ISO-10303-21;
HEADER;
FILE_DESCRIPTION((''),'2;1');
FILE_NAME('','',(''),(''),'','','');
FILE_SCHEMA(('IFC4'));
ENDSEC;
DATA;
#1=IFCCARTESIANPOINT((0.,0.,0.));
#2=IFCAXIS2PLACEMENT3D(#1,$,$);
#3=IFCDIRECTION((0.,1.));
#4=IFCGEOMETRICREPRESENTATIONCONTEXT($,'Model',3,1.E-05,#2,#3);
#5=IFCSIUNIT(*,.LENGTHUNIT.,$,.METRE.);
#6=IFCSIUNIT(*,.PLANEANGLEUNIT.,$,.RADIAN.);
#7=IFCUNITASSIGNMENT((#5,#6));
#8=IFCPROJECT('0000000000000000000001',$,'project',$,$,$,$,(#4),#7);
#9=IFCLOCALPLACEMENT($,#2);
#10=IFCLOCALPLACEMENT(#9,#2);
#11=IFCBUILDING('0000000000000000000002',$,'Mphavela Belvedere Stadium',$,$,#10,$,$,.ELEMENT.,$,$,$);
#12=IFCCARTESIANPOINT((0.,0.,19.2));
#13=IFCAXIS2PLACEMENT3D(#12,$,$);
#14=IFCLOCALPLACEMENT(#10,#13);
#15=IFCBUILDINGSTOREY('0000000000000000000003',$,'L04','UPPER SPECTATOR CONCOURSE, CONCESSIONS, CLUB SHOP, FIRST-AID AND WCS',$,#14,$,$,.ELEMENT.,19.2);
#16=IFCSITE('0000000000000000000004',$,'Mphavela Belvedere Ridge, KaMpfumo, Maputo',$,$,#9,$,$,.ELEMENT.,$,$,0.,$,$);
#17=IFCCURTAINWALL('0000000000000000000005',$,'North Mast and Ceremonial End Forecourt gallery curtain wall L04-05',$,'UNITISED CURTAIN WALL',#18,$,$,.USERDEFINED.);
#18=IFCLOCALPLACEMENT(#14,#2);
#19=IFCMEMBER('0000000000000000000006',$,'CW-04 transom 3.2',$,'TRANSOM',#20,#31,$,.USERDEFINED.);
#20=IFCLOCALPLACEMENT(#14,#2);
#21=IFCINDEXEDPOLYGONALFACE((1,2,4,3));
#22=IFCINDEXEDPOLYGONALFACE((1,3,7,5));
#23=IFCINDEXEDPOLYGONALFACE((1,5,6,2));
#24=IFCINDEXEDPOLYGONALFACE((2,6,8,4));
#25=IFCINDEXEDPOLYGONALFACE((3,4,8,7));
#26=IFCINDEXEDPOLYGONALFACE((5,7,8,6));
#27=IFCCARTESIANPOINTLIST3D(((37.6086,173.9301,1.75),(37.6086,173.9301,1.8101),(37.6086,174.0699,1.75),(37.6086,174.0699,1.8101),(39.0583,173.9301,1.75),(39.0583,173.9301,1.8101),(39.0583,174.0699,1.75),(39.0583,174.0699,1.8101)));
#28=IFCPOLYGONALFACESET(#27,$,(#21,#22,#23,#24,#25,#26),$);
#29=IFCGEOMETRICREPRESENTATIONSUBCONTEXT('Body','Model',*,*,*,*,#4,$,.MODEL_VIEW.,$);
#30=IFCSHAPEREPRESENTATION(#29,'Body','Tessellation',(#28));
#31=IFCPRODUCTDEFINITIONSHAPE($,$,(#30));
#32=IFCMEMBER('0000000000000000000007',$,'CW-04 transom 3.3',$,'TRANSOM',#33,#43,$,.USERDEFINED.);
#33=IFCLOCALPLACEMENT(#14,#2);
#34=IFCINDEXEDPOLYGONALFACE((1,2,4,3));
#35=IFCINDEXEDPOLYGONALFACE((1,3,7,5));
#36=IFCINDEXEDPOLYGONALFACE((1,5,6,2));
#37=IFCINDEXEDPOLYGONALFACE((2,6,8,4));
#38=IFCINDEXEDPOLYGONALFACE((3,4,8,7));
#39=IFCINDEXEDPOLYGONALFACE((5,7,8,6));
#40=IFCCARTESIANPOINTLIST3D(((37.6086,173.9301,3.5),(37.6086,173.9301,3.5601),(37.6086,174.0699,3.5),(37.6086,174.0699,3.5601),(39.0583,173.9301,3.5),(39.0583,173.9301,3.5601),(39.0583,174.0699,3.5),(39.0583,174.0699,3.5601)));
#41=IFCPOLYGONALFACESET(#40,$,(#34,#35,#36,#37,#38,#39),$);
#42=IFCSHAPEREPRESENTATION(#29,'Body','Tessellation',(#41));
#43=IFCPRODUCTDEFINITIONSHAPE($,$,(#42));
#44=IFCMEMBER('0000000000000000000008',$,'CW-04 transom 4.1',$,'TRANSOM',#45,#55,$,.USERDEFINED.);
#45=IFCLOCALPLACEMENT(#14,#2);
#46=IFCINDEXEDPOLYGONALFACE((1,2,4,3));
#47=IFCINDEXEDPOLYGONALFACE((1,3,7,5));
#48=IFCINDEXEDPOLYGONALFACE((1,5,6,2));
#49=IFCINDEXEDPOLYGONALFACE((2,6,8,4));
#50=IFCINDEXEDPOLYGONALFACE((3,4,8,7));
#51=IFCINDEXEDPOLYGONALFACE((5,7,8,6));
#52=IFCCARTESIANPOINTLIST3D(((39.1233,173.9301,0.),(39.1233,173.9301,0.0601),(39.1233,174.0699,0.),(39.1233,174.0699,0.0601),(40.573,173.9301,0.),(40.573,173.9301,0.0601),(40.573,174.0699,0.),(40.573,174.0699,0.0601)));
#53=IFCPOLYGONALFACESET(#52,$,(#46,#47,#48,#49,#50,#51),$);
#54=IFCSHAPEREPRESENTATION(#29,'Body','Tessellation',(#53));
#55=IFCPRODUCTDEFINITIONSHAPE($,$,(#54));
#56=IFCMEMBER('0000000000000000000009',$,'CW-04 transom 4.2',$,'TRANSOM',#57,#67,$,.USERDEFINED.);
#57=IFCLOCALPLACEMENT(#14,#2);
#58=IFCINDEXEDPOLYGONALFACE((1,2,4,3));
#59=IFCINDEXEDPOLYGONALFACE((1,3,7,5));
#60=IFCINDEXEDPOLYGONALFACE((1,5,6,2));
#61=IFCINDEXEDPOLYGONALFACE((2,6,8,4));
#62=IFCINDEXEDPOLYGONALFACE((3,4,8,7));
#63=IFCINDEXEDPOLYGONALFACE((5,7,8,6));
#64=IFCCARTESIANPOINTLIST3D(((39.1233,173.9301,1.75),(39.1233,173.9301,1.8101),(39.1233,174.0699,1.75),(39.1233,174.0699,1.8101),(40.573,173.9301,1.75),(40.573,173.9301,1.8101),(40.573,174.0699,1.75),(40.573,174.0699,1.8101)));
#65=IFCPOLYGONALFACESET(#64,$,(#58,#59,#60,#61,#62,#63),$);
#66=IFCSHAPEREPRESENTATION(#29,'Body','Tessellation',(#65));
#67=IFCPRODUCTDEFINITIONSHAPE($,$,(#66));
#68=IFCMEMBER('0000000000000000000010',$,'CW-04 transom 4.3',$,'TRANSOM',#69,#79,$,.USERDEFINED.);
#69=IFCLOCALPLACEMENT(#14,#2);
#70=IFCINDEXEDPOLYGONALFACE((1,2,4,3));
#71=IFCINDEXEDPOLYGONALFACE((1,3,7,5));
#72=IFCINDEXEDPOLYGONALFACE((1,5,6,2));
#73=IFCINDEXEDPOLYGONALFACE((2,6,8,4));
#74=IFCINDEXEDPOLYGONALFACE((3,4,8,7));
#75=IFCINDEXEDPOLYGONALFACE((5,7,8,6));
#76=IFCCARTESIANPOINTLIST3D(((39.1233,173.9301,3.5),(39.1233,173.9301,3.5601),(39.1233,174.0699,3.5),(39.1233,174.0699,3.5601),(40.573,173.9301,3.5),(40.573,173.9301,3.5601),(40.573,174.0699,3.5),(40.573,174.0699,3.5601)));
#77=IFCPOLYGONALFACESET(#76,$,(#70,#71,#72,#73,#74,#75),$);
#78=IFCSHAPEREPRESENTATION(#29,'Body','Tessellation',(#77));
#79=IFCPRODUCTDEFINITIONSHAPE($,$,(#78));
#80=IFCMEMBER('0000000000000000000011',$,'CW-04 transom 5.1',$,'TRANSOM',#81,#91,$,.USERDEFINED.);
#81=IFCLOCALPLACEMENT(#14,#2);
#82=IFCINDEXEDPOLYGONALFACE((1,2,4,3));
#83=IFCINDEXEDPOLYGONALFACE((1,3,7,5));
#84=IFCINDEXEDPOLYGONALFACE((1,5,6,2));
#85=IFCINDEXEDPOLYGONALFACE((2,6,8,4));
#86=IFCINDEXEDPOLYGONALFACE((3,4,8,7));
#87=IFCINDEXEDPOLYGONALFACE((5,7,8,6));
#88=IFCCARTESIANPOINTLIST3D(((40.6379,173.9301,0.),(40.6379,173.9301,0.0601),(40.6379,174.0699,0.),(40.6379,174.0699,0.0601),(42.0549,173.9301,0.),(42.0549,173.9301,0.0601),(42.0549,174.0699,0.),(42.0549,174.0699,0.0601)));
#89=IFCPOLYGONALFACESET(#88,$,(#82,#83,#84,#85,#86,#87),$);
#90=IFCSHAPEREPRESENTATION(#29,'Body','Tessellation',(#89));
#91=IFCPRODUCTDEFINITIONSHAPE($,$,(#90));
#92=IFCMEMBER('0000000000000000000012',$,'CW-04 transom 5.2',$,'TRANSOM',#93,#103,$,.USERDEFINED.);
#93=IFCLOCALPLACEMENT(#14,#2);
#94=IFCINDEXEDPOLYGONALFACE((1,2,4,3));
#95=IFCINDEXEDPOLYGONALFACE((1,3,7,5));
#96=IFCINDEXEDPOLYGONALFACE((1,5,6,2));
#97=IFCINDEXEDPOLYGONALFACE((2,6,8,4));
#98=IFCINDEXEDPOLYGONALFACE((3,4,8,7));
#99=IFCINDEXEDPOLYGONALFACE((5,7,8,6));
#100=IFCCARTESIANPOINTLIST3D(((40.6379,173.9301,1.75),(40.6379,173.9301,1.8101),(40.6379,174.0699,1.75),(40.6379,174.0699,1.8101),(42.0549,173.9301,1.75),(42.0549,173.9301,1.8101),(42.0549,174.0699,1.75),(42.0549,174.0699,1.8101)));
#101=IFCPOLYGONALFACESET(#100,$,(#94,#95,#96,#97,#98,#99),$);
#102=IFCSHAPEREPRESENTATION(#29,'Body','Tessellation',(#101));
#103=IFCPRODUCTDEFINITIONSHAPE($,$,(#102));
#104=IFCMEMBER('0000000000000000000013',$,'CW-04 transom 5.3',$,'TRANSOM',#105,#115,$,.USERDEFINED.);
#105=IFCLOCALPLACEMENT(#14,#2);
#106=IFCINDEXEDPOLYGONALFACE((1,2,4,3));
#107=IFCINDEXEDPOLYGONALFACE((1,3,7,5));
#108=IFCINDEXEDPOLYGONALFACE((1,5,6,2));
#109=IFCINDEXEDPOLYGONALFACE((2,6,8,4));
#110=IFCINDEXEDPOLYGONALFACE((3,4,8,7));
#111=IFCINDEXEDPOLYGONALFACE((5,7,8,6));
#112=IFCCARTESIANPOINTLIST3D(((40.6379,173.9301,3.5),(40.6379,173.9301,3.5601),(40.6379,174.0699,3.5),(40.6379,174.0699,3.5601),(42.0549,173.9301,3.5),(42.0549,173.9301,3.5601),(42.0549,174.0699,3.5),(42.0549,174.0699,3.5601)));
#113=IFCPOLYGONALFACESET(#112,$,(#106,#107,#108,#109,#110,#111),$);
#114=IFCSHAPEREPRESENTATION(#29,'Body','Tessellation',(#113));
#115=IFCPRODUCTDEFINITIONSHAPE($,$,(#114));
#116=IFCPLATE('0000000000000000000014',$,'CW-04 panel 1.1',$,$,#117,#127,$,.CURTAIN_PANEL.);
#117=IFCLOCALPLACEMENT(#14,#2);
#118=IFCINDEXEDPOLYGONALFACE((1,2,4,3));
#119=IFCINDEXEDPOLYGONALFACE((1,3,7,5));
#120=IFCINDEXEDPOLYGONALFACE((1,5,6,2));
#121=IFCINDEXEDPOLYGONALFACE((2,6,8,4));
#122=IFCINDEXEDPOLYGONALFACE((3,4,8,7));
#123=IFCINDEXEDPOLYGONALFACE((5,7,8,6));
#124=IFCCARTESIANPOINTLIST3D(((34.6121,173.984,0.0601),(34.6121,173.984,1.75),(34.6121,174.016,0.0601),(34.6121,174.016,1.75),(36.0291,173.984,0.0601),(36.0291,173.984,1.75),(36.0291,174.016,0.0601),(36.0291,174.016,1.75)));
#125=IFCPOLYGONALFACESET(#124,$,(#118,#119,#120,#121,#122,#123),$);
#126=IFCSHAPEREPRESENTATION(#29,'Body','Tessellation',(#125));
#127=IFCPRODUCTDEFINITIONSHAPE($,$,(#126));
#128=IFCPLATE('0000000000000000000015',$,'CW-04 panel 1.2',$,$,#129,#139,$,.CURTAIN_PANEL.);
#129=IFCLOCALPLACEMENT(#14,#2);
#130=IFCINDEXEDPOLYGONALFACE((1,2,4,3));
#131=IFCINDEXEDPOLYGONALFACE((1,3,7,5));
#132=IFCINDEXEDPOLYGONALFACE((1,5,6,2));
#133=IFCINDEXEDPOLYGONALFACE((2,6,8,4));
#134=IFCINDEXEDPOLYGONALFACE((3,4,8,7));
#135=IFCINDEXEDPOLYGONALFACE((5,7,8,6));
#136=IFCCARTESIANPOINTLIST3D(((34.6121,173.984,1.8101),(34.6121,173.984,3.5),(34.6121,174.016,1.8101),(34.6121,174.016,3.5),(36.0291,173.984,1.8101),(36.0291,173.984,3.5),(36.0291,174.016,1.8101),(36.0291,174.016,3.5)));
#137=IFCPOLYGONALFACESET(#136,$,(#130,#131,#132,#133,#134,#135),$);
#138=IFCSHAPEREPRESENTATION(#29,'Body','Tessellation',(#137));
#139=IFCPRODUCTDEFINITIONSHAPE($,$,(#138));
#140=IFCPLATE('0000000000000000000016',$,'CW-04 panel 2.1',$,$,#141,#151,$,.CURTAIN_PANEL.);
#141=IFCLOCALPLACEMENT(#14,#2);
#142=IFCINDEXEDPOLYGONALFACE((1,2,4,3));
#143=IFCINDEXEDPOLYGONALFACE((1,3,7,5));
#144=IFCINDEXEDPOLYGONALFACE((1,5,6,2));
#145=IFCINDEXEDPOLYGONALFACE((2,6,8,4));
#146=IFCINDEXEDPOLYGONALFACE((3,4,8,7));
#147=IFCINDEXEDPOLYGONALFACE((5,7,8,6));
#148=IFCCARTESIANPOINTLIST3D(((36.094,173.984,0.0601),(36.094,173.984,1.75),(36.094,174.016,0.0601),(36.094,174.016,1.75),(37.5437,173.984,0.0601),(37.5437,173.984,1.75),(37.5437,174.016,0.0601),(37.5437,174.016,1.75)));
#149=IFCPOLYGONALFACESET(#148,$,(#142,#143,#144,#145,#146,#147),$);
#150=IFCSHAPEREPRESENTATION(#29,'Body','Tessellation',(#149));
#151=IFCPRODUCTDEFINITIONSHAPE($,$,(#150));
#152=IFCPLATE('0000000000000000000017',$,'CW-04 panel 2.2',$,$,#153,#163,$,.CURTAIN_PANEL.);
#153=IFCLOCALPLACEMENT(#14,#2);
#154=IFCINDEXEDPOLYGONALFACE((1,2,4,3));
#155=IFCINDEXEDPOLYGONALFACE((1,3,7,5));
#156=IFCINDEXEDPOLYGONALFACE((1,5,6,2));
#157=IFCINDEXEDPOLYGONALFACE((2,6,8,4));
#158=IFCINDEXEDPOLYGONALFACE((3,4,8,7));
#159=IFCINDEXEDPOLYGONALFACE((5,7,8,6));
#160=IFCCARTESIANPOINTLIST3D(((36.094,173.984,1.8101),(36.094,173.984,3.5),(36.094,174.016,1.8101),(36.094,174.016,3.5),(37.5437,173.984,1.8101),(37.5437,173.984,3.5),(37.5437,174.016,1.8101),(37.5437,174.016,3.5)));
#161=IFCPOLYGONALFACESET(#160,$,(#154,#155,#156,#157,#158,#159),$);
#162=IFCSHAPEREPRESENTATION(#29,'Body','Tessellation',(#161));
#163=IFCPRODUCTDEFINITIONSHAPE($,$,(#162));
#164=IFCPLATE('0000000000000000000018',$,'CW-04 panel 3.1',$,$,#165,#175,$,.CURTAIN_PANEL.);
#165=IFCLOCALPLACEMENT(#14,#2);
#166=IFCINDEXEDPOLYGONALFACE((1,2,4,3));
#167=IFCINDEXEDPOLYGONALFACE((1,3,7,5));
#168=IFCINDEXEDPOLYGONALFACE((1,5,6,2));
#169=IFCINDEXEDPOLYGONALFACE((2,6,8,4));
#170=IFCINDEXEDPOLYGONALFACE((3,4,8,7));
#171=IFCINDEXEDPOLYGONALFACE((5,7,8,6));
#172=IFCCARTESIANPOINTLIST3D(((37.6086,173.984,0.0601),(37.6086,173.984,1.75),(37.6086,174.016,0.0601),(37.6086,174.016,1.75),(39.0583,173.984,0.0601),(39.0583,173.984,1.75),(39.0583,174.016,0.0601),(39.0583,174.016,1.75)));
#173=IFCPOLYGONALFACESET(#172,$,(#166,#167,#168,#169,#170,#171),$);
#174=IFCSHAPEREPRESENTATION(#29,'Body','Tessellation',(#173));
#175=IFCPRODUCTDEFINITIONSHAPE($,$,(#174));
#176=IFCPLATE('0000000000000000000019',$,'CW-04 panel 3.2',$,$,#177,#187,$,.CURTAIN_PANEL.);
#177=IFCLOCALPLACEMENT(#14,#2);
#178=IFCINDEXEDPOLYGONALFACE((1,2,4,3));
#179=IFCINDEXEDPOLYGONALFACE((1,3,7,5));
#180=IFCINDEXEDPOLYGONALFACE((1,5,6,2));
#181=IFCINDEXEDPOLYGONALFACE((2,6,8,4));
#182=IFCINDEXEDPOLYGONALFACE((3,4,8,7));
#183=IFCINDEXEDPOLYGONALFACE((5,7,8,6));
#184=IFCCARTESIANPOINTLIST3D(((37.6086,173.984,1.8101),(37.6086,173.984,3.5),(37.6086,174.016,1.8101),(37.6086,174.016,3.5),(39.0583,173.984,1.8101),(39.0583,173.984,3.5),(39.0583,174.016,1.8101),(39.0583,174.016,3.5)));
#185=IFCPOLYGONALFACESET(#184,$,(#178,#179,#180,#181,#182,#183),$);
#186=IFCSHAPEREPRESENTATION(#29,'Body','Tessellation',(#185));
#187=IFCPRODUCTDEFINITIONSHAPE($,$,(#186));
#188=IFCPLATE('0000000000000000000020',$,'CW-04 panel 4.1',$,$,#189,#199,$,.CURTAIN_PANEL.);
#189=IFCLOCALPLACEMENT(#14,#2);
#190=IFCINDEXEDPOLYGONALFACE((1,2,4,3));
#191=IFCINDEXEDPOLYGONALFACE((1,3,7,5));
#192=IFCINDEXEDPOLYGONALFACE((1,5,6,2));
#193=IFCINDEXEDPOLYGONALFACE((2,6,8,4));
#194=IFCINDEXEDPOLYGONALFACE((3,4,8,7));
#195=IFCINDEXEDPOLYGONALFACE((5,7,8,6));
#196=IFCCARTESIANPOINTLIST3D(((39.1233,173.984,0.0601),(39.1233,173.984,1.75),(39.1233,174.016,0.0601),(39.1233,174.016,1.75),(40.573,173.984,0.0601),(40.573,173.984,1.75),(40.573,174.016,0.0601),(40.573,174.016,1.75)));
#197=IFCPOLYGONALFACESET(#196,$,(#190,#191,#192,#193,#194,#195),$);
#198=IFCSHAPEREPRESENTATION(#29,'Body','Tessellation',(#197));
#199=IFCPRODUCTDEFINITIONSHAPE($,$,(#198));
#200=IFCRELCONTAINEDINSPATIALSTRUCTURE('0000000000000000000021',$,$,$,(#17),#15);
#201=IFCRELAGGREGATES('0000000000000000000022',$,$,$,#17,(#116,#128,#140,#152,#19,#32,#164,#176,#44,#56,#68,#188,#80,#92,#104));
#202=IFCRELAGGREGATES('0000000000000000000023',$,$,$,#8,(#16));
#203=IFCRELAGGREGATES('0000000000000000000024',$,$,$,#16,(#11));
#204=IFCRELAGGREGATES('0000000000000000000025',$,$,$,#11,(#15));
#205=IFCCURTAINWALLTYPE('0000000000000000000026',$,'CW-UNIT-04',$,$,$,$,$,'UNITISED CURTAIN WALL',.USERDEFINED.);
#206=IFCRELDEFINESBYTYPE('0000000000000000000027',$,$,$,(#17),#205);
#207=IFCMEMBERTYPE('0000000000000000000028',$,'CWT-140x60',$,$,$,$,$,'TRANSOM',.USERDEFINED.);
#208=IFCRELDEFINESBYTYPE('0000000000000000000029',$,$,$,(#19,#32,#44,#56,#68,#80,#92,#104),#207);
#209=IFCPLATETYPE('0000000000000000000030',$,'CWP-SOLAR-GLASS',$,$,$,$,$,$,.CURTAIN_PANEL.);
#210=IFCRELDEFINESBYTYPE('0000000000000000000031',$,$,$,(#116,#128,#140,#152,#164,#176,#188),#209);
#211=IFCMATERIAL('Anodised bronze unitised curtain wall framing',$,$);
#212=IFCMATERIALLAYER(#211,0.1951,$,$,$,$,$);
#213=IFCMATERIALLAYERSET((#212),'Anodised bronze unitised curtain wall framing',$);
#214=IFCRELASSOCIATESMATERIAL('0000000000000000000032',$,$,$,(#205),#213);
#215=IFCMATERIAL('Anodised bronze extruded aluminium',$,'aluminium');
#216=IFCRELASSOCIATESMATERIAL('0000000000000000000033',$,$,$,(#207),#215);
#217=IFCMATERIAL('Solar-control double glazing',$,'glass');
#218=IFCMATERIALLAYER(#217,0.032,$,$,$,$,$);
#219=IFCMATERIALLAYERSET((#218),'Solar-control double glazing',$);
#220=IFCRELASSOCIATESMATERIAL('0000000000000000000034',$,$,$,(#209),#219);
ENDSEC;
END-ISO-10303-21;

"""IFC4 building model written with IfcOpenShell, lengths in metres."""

from ifc_helpers import new_model, si_unit, direction, frame, origin, origin_2d, place, context, subcontext, project, spatial, rectangle, extrude, material, layer, layer_set, material_profile, profile_set, type_object, element, aggregate, save


model = new_model("IFC4")

# Units and contexts
model_context = context("Model", 3, precision=1e-05, world=origin(), true_north=direction((0.0, 1.0)))
body_context = subcontext(model_context, "Body", "Model", "MODEL_VIEW")
ifc_project = project(units=[si_unit("LENGTHUNIT", "METRE"), si_unit("PLANEANGLEUNIT", "RADIAN")], contexts=[model_context])

# Site, building, storey
site_placement = place(None, origin())
site = spatial("IfcSite", under=ifc_project, at=site_placement, Name="Mphavela Belvedere Ridge, KaMpfumo, Maputo", CompositionType="ELEMENT", RefElevation=0.0)
building_placement = place(site_placement, origin())
building = spatial("IfcBuilding", under=site, at=building_placement, Name="Mphavela Belvedere Stadium", CompositionType="ELEMENT")
storey_placement = place(building_placement, frame((0.0, 0.0, 19.2)))
storey = spatial("IfcBuildingStorey", under=building, at=storey_placement, Name="L04", Description="UPPER SPECTATOR CONCOURSE, CONCESSIONS, CLUB SHOP, FIRST-AID AND WCS", CompositionType="ELEMENT", Elevation=19.2)

# Curtain wall, members, plates
ifc_material_1 = material(Name="Anodised bronze unitised curtain wall framing")
ifc_layer_1 = layer(ifc_material_1, 0.1951)
ifc_layer_set_1 = layer_set([ifc_layer_1], Name="Anodised bronze unitised curtain wall framing")
curtain_wall_type = type_object("IfcCurtainWallType", Name="CW-UNIT-04", ElementType="UNITISED CURTAIN WALL", PredefinedType="USERDEFINED", material=ifc_layer_set_1)
curtain_wall_placement = place(storey_placement, origin())
curtain_wall = element("IfcCurtainWall", 1, at=curtain_wall_placement, inside=storey, type_object=curtain_wall_type, Name="North Mast and Ceremonial End Forecourt gallery curtain wall L04-05", ObjectType="UNITISED CURTAIN WALL", PredefinedType="USERDEFINED")
ifc_material_2 = material(Name="Anodised bronze extruded aluminium", Category="aluminium")
ifc_material_profile_1 = material_profile(ifc_material_2, rectangle(XDim=0.1399, YDim=0.0601, at=origin_2d()), Name="CW-TRN 140x60")
ifc_profile_set_1 = profile_set([ifc_material_profile_1], Name="Anodised bronze extruded aluminium")
member_type_1 = type_object("IfcMemberType", Name="CWT-140x60", ElementType="TRANSOM", PredefinedType="USERDEFINED", material=ifc_profile_set_1)
member_1_placement = place(storey_placement, frame((37.6086, 174.0, 1.78), z_axis=(1.0, 0.0, 0.0), x_axis=(0.0, 1.0, 0.0)))
member_1 = element("IfcMember", 2, at=member_1_placement, type_object=member_type_1, Name="CW-04 transom 3.2", ObjectType="TRANSOM", PredefinedType="USERDEFINED", context=body_context, shape_type="SweptSolid", body=[
    extrude(rectangle(XDim=0.1399, YDim=0.0601, at=origin_2d()), origin(), (0.0, 0.0, 1.0), 1.4497),
])
member_2_placement = place(storey_placement, frame((37.6086, 174.0, 3.53), z_axis=(1.0, 0.0, 0.0), x_axis=(0.0, 1.0, 0.0)))
member_2 = element("IfcMember", 3, at=member_2_placement, type_object=member_type_1, Name="CW-04 transom 3.3", ObjectType="TRANSOM", PredefinedType="USERDEFINED", context=body_context, shape_type="SweptSolid", body=[
    extrude(rectangle(XDim=0.1399, YDim=0.0601, at=origin_2d()), origin(), (0.0, 0.0, 1.0), 1.4497),
])
member_3_placement = place(storey_placement, frame((39.1233, 174.0, 0.03), z_axis=(1.0, 0.0, 0.0), x_axis=(0.0, 1.0, 0.0)))
member_3 = element("IfcMember", 4, at=member_3_placement, type_object=member_type_1, Name="CW-04 transom 4.1", ObjectType="TRANSOM", PredefinedType="USERDEFINED", context=body_context, shape_type="SweptSolid", body=[
    extrude(rectangle(XDim=0.1399, YDim=0.0601, at=origin_2d()), origin(), (0.0, 0.0, 1.0), 1.4497),
])
member_4_placement = place(storey_placement, frame((39.1233, 174.0, 1.78), z_axis=(1.0, 0.0, 0.0), x_axis=(0.0, 1.0, 0.0)))
member_4 = element("IfcMember", 5, at=member_4_placement, type_object=member_type_1, Name="CW-04 transom 4.2", ObjectType="TRANSOM", PredefinedType="USERDEFINED", context=body_context, shape_type="SweptSolid", body=[
    extrude(rectangle(XDim=0.1399, YDim=0.0601, at=origin_2d()), origin(), (0.0, 0.0, 1.0), 1.4497),
])
member_5_placement = place(storey_placement, frame((39.1233, 174.0, 3.53), z_axis=(1.0, 0.0, 0.0), x_axis=(0.0, 1.0, 0.0)))
member_5 = element("IfcMember", 6, at=member_5_placement, type_object=member_type_1, Name="CW-04 transom 4.3", ObjectType="TRANSOM", PredefinedType="USERDEFINED", context=body_context, shape_type="SweptSolid", body=[
    extrude(rectangle(XDim=0.1399, YDim=0.0601, at=origin_2d()), origin(), (0.0, 0.0, 1.0), 1.4497),
])
member_6_placement = place(storey_placement, frame((40.6379, 174.0, 0.03), z_axis=(1.0, 0.0, 0.0), x_axis=(0.0, 1.0, 0.0)))
member_6 = element("IfcMember", 7, at=member_6_placement, type_object=member_type_1, Name="CW-04 transom 5.1", ObjectType="TRANSOM", PredefinedType="USERDEFINED", context=body_context, shape_type="SweptSolid", body=[
    extrude(rectangle(XDim=0.1399, YDim=0.0601, at=origin_2d()), origin(), (0.0, 0.0, 1.0), 1.417),
])
member_7_placement = place(storey_placement, frame((40.6379, 174.0, 1.78), z_axis=(1.0, 0.0, 0.0), x_axis=(0.0, 1.0, 0.0)))
member_7 = element("IfcMember", 8, at=member_7_placement, type_object=member_type_1, Name="CW-04 transom 5.2", ObjectType="TRANSOM", PredefinedType="USERDEFINED", context=body_context, shape_type="SweptSolid", body=[
    extrude(rectangle(XDim=0.1399, YDim=0.0601, at=origin_2d()), origin(), (0.0, 0.0, 1.0), 1.417),
])
member_8_placement = place(storey_placement, frame((40.6379, 174.0, 3.53), z_axis=(1.0, 0.0, 0.0), x_axis=(0.0, 1.0, 0.0)))
member_8 = element("IfcMember", 9, at=member_8_placement, type_object=member_type_1, Name="CW-04 transom 5.3", ObjectType="TRANSOM", PredefinedType="USERDEFINED", context=body_context, shape_type="SweptSolid", body=[
    extrude(rectangle(XDim=0.1399, YDim=0.0601, at=origin_2d()), origin(), (0.0, 0.0, 1.0), 1.417),
])
ifc_material_3 = material(Name="Solar-control double glazing", Category="glass")
ifc_layer_2 = layer(ifc_material_3, 0.032)
ifc_layer_set_2 = layer_set([ifc_layer_2], Name="Solar-control double glazing")
plate_type = type_object("IfcPlateType", Name="CWP-SOLAR-GLASS", PredefinedType="CURTAIN_PANEL", material=ifc_layer_set_2)
plate_1_placement = place(storey_placement, frame((35.3206, 174.0, 0.0601), z_axis=(0.0, 0.0, 1.0), x_axis=(1.0, 0.0, 0.0)))
plate_1 = element("IfcPlate", 10, at=plate_1_placement, type_object=plate_type, Name="CW-04 panel 1.1", PredefinedType="CURTAIN_PANEL", context=body_context, shape_type="SweptSolid", body=[
    extrude(rectangle(XDim=1.417, YDim=0.032, at=origin_2d()), origin(), (0.0, 0.0, 1.0), 1.6899),
])
plate_2_placement = place(storey_placement, frame((35.3206, 174.0, 1.8101), z_axis=(0.0, 0.0, 1.0), x_axis=(1.0, 0.0, 0.0)))
plate_2 = element("IfcPlate", 11, at=plate_2_placement, type_object=plate_type, Name="CW-04 panel 1.2", PredefinedType="CURTAIN_PANEL", context=body_context, shape_type="SweptSolid", body=[
    extrude(rectangle(XDim=1.417, YDim=0.032, at=origin_2d()), origin(), (0.0, 0.0, 1.0), 1.6899),
])
plate_3_placement = place(storey_placement, frame((36.8188, 174.0, 0.0601), z_axis=(0.0, 0.0, 1.0), x_axis=(1.0, 0.0, 0.0)))
plate_3 = element("IfcPlate", 12, at=plate_3_placement, type_object=plate_type, Name="CW-04 panel 2.1", PredefinedType="CURTAIN_PANEL", context=body_context, shape_type="SweptSolid", body=[
    extrude(rectangle(XDim=1.4497, YDim=0.032, at=origin_2d()), origin(), (0.0, 0.0, 1.0), 1.6899),
])
plate_4_placement = place(storey_placement, frame((36.8188, 174.0, 1.8101), z_axis=(0.0, 0.0, 1.0), x_axis=(1.0, 0.0, 0.0)))
plate_4 = element("IfcPlate", 13, at=plate_4_placement, type_object=plate_type, Name="CW-04 panel 2.2", PredefinedType="CURTAIN_PANEL", context=body_context, shape_type="SweptSolid", body=[
    extrude(rectangle(XDim=1.4497, YDim=0.032, at=origin_2d()), origin(), (0.0, 0.0, 1.0), 1.6899),
])
plate_5_placement = place(storey_placement, frame((38.3335, 174.0, 0.0601), z_axis=(0.0, 0.0, 1.0), x_axis=(1.0, 0.0, 0.0)))
plate_5 = element("IfcPlate", 14, at=plate_5_placement, type_object=plate_type, Name="CW-04 panel 3.1", PredefinedType="CURTAIN_PANEL", context=body_context, shape_type="SweptSolid", body=[
    extrude(rectangle(XDim=1.4497, YDim=0.032, at=origin_2d()), origin(), (0.0, 0.0, 1.0), 1.6899),
])
plate_6_placement = place(storey_placement, frame((38.3335, 174.0, 1.8101), z_axis=(0.0, 0.0, 1.0), x_axis=(1.0, 0.0, 0.0)))
plate_6 = element("IfcPlate", 15, at=plate_6_placement, type_object=plate_type, Name="CW-04 panel 3.2", PredefinedType="CURTAIN_PANEL", context=body_context, shape_type="SweptSolid", body=[
    extrude(rectangle(XDim=1.4497, YDim=0.032, at=origin_2d()), origin(), (0.0, 0.0, 1.0), 1.6899),
])
plate_7_placement = place(storey_placement, frame((39.8481, 174.0, 0.0601), z_axis=(0.0, 0.0, 1.0), x_axis=(1.0, 0.0, 0.0)))
plate_7 = element("IfcPlate", 16, at=plate_7_placement, type_object=plate_type, Name="CW-04 panel 4.1", PredefinedType="CURTAIN_PANEL", context=body_context, shape_type="SweptSolid", body=[
    extrude(rectangle(XDim=1.4497, YDim=0.032, at=origin_2d()), origin(), (0.0, 0.0, 1.0), 1.6899),
])
aggregate(curtain_wall, [plate_1, plate_2, plate_3, plate_4, member_1, member_2, plate_5, plate_6, member_3, member_4, member_5, plate_7, member_6, member_7, member_8])

save(model, "model.ifc")
